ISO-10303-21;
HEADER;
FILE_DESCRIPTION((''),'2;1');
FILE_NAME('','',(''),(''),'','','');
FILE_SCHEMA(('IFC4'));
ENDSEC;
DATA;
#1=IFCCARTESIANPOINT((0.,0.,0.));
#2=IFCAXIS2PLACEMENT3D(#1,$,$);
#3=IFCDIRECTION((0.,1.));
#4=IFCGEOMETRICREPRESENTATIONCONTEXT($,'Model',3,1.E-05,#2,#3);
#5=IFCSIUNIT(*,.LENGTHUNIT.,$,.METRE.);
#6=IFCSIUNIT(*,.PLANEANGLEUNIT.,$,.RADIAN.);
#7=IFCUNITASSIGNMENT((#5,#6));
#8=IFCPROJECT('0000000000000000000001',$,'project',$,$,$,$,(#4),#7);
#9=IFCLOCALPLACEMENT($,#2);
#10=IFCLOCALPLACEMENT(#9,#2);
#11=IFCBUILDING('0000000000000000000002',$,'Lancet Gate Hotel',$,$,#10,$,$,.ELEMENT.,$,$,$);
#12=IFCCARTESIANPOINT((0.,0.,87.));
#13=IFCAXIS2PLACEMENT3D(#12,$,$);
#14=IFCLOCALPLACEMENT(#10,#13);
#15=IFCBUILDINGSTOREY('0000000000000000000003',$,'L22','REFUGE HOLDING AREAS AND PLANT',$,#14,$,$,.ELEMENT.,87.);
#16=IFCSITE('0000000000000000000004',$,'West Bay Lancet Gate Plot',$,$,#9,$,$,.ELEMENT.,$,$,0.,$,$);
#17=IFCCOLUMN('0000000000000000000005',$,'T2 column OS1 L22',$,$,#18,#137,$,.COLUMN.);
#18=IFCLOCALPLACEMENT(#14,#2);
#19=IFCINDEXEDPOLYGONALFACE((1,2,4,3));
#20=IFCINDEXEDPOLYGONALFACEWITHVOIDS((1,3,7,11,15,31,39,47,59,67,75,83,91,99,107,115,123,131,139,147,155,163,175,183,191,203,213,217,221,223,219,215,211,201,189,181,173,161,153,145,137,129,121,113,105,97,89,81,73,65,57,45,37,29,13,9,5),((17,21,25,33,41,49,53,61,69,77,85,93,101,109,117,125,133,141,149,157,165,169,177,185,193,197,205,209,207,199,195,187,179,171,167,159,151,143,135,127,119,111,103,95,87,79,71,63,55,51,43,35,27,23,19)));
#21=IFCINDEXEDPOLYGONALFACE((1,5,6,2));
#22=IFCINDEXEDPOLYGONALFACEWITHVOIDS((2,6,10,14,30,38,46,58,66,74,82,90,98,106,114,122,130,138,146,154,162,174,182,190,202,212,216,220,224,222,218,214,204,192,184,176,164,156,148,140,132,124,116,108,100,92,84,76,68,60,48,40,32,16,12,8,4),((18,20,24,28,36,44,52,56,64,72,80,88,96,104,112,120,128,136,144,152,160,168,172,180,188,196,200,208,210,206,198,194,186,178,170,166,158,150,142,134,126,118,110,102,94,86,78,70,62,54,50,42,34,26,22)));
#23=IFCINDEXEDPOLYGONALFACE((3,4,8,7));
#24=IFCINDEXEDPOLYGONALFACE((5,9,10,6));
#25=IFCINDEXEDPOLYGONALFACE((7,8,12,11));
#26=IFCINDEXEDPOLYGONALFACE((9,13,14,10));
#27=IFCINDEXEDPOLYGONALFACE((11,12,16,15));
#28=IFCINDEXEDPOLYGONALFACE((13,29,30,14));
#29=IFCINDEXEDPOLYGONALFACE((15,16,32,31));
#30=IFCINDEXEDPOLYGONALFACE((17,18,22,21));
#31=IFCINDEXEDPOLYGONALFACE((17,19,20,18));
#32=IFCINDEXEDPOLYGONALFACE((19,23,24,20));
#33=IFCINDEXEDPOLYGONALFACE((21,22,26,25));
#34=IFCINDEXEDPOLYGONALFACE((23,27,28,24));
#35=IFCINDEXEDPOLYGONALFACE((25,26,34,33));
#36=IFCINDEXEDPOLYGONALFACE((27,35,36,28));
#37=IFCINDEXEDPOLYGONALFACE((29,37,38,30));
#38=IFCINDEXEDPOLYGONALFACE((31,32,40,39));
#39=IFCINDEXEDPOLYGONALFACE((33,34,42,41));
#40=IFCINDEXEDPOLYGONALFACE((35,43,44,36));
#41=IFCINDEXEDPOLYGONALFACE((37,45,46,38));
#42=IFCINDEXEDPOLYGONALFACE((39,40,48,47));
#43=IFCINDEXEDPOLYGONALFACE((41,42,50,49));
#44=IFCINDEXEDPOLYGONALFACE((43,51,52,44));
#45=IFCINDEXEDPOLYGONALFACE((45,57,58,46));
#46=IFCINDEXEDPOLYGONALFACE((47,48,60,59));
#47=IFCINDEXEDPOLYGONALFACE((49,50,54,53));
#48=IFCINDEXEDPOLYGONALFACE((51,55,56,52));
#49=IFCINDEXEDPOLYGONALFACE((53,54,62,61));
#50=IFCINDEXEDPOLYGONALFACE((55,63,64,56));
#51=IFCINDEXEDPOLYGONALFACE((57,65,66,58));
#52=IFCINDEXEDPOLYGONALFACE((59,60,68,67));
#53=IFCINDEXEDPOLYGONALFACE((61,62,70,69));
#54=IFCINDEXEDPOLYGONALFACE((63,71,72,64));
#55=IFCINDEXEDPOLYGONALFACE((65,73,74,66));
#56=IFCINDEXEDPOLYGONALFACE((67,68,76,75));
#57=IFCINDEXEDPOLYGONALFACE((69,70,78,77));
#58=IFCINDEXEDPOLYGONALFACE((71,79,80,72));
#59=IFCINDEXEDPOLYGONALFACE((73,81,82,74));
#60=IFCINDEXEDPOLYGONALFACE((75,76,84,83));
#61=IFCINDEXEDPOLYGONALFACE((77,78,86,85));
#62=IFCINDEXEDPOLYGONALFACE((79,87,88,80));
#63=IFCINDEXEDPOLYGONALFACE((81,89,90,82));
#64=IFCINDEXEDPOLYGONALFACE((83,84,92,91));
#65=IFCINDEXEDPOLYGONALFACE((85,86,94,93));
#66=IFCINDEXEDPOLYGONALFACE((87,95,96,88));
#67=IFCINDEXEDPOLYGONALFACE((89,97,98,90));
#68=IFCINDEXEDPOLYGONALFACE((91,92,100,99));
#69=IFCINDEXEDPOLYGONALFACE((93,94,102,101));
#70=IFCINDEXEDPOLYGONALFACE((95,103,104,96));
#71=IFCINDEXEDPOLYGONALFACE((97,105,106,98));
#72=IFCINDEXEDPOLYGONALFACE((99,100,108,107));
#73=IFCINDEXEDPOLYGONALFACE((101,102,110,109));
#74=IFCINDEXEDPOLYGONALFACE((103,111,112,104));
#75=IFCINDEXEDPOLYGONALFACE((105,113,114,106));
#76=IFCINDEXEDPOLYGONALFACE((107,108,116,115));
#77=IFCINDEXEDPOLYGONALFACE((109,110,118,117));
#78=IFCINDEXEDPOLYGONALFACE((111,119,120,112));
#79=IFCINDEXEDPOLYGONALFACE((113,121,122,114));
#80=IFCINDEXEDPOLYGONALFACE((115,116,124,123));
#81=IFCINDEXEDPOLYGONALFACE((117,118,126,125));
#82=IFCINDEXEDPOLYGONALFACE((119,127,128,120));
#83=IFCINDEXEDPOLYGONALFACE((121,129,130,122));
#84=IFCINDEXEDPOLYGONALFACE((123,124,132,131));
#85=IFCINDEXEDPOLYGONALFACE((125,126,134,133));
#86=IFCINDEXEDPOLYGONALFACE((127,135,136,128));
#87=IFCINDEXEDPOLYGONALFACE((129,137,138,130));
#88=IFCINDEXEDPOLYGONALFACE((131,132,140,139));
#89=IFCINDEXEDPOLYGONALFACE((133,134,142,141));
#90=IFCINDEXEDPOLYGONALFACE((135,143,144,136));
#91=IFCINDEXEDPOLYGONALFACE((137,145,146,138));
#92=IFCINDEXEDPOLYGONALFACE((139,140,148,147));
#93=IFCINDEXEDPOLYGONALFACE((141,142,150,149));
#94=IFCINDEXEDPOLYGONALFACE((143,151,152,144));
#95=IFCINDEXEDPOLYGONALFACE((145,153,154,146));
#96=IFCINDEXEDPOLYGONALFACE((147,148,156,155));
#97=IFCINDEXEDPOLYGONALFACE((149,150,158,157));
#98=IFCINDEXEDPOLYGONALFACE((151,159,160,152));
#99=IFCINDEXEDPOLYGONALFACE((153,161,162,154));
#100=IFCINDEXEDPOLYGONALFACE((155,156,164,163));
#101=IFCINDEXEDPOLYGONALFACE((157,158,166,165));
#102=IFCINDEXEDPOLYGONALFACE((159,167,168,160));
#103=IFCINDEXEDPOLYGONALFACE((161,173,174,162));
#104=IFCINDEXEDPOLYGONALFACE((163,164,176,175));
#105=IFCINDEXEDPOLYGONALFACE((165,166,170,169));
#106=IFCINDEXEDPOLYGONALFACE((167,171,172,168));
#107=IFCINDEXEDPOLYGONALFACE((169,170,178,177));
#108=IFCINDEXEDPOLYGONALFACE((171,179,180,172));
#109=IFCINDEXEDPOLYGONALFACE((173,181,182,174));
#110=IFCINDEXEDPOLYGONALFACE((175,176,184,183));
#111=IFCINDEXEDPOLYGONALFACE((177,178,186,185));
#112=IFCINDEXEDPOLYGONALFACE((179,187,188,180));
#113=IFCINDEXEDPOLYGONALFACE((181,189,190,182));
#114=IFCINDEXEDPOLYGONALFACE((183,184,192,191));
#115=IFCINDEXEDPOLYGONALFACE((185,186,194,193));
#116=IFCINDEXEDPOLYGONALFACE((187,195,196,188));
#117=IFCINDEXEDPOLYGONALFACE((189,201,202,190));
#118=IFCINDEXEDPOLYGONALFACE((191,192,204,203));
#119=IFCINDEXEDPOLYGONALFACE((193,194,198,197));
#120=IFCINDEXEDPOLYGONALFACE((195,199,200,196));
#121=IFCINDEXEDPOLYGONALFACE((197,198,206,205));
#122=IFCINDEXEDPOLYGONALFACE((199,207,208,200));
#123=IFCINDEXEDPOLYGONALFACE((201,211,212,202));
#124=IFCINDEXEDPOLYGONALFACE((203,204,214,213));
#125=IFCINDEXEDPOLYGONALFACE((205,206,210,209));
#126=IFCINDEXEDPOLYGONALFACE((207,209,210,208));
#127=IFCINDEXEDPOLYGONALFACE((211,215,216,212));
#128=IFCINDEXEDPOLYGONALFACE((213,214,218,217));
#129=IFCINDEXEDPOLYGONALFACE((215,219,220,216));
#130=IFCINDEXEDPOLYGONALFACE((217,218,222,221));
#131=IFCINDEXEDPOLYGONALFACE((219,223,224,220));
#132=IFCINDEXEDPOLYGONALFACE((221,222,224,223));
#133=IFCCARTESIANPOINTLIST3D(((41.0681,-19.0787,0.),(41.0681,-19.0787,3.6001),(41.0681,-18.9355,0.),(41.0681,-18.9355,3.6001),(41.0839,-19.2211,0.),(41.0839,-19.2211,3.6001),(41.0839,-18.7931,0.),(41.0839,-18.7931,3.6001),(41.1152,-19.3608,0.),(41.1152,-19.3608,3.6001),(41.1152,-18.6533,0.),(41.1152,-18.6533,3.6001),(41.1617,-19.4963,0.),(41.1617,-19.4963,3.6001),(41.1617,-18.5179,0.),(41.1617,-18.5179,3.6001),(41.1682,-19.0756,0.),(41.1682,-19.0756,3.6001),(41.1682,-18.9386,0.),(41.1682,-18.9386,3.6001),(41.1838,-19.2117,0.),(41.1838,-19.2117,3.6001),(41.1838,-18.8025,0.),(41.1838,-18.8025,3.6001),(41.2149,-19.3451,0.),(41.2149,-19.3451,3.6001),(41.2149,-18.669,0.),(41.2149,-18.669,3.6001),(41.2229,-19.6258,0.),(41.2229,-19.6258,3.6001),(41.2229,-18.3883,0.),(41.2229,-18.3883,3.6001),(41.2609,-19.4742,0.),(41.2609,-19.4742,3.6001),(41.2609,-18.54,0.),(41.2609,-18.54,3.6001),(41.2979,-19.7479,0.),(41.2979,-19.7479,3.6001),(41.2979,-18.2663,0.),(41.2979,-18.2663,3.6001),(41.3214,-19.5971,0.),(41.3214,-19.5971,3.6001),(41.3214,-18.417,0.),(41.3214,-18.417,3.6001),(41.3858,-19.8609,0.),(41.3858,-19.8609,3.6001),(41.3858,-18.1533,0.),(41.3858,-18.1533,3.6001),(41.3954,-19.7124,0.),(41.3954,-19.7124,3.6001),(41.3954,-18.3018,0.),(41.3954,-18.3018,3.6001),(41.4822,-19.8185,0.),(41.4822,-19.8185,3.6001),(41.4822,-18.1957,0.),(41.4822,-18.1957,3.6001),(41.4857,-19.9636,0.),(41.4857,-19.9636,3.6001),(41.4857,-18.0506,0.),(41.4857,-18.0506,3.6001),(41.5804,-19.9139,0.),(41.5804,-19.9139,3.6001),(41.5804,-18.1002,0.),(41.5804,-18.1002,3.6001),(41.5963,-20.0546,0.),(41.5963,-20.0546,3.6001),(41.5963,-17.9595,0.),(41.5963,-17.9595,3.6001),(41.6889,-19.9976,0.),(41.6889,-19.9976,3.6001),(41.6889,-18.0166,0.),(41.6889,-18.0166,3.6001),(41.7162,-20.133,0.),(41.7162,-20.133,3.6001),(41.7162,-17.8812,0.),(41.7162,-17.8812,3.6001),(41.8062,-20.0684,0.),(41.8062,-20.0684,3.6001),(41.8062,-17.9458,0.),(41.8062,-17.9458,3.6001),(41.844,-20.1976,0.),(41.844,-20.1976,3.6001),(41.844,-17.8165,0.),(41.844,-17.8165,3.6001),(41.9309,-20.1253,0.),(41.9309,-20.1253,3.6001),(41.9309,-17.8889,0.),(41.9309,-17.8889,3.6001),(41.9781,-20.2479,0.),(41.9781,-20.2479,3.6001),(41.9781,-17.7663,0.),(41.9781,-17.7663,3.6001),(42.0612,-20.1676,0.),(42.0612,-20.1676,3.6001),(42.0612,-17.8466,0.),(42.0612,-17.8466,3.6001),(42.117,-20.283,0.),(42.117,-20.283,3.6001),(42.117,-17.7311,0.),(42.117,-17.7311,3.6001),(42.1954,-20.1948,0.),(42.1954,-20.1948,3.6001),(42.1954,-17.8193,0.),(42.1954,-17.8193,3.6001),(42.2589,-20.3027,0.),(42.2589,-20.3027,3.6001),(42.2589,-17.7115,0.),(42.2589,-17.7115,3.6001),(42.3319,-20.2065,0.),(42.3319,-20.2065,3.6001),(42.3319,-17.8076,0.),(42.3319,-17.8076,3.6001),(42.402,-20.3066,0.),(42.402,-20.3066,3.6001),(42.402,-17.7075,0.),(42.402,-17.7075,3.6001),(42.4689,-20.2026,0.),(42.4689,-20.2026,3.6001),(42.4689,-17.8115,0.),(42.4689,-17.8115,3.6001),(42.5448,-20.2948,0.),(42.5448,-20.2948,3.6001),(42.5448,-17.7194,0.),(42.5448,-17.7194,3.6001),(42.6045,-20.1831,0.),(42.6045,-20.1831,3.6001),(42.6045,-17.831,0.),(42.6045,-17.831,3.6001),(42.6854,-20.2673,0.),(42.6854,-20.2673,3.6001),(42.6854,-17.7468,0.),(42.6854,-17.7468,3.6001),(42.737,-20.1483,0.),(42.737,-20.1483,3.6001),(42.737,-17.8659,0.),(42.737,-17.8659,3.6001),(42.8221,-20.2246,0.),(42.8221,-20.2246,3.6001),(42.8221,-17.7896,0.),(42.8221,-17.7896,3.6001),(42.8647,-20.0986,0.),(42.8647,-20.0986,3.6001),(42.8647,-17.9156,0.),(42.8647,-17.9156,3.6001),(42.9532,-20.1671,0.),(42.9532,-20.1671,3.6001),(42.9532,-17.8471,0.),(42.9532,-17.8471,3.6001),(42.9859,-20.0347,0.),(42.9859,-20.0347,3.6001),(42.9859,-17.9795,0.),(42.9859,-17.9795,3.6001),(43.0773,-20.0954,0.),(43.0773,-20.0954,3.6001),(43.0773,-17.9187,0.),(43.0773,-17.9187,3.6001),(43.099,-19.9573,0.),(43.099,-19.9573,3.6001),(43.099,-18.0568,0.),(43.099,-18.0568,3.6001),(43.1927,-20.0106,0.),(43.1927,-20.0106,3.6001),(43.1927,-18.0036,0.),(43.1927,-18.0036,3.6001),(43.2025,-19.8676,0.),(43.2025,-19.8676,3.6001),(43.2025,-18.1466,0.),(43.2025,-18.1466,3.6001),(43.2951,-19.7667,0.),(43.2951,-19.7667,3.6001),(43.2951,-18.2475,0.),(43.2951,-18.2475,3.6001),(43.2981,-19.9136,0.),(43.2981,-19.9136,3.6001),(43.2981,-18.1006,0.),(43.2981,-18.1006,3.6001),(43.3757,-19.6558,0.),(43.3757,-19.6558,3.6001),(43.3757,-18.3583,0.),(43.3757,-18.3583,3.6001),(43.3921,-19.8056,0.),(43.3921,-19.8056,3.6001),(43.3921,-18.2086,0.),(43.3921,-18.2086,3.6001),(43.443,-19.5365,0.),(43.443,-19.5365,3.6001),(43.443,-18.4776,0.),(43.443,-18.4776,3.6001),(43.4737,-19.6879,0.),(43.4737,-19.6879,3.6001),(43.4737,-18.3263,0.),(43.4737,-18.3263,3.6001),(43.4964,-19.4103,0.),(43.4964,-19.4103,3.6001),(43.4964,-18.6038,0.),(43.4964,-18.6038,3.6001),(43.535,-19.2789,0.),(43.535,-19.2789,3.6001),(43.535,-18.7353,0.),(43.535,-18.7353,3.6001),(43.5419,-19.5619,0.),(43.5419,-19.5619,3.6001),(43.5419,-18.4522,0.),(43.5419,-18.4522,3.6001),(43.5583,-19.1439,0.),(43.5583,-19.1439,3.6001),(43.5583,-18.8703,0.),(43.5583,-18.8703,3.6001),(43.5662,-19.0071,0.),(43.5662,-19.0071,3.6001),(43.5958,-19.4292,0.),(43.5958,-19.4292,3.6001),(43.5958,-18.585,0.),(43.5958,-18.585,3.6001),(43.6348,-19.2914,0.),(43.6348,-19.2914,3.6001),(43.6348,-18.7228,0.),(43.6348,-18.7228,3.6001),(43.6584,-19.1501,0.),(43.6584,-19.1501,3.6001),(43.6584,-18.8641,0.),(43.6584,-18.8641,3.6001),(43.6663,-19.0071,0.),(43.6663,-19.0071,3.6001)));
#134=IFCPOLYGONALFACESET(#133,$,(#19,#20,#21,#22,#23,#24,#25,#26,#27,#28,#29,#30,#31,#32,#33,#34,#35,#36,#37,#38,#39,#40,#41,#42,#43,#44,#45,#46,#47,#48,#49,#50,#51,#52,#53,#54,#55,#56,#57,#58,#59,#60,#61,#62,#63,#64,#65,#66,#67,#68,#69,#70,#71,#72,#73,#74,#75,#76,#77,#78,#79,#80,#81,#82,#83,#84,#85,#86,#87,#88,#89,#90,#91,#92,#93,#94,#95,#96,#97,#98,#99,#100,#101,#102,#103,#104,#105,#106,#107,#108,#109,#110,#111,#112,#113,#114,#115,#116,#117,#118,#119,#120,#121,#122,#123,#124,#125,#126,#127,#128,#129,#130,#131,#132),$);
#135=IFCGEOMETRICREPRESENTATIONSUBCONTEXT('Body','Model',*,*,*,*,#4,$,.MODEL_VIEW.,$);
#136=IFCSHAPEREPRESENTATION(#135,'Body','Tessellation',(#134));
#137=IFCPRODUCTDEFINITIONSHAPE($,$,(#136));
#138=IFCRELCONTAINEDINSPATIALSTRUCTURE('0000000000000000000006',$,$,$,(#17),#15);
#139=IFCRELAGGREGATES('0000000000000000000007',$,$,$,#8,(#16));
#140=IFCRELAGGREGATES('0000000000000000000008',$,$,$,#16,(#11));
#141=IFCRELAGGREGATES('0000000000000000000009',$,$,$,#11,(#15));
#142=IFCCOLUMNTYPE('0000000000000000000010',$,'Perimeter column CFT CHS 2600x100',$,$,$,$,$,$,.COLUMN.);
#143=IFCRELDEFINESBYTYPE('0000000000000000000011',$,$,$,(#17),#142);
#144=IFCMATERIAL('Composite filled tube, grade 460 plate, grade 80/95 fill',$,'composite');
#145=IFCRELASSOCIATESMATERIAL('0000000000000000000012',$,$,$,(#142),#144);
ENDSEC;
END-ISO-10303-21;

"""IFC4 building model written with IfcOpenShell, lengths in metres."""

from ifc_helpers import new_model, si_unit, direction, frame, origin, origin_2d, place, context, subcontext, project, spatial, hollow_circle, extrude, material, material_profile, profile_set, type_object, element, save


model = new_model("IFC4")

# Units and contexts
model_context = context("Model", 3, precision=1e-05, world=origin(), true_north=direction((0.0, 1.0)))
body_context = subcontext(model_context, "Body", "Model", "MODEL_VIEW")
ifc_project = project(units=[si_unit("LENGTHUNIT", "METRE"), si_unit("PLANEANGLEUNIT", "RADIAN")], contexts=[model_context])

# Site, building, storey
site_placement = place(None, origin())
site = spatial("IfcSite", under=ifc_project, at=site_placement, Name="West Bay Lancet Gate Plot", CompositionType="ELEMENT", RefElevation=0.0)
building_placement = place(site_placement, origin())
building = spatial("IfcBuilding", under=site, at=building_placement, Name="Lancet Gate Hotel", CompositionType="ELEMENT")
storey_placement = place(building_placement, frame((0.0, 0.0, 87.0)))
storey = spatial("IfcBuildingStorey", under=building, at=storey_placement, Name="L22", Description="REFUGE HOLDING AREAS AND PLANT", CompositionType="ELEMENT", Elevation=87.0)

# Column
ifc_material_1 = material(Name="Composite filled tube, grade 460 plate, grade 80/95 fill", Category="composite")
ifc_material_profile_1 = material_profile(ifc_material_1, hollow_circle(Radius=1.3, WallThickness=0.1001, at=origin_2d()), Name="CHS 2600x100")
ifc_profile_set_1 = profile_set([ifc_material_profile_1], Name="Composite filled tube, grade 460 plate, grade 80/95 fill")
column_type = type_object("IfcColumnType", Name="Perimeter column CFT CHS 2600x100", PredefinedType="COLUMN", material=ifc_profile_set_1)
for number, where, z_axis, x_axis, name in (
    (1, (42.3662, -19.0071, 0.0), (0.0, 0.0, 1.0), (1.0, 0.0, 0.0), "T2 column OS1 L22"),
):
    element("IfcColumn", number, at=place(storey_placement, frame(where, z_axis=z_axis, x_axis=x_axis)), inside=storey, type_object=column_type, Name=name, PredefinedType="COLUMN", context=body_context, shape_type="SweptSolid", body=[
        extrude(hollow_circle(Radius=1.3, WallThickness=0.1001, at=origin_2d()), origin(), (0.0, 0.0, 1.0), 3.6001),
    ])

save(model, "model.ifc")
